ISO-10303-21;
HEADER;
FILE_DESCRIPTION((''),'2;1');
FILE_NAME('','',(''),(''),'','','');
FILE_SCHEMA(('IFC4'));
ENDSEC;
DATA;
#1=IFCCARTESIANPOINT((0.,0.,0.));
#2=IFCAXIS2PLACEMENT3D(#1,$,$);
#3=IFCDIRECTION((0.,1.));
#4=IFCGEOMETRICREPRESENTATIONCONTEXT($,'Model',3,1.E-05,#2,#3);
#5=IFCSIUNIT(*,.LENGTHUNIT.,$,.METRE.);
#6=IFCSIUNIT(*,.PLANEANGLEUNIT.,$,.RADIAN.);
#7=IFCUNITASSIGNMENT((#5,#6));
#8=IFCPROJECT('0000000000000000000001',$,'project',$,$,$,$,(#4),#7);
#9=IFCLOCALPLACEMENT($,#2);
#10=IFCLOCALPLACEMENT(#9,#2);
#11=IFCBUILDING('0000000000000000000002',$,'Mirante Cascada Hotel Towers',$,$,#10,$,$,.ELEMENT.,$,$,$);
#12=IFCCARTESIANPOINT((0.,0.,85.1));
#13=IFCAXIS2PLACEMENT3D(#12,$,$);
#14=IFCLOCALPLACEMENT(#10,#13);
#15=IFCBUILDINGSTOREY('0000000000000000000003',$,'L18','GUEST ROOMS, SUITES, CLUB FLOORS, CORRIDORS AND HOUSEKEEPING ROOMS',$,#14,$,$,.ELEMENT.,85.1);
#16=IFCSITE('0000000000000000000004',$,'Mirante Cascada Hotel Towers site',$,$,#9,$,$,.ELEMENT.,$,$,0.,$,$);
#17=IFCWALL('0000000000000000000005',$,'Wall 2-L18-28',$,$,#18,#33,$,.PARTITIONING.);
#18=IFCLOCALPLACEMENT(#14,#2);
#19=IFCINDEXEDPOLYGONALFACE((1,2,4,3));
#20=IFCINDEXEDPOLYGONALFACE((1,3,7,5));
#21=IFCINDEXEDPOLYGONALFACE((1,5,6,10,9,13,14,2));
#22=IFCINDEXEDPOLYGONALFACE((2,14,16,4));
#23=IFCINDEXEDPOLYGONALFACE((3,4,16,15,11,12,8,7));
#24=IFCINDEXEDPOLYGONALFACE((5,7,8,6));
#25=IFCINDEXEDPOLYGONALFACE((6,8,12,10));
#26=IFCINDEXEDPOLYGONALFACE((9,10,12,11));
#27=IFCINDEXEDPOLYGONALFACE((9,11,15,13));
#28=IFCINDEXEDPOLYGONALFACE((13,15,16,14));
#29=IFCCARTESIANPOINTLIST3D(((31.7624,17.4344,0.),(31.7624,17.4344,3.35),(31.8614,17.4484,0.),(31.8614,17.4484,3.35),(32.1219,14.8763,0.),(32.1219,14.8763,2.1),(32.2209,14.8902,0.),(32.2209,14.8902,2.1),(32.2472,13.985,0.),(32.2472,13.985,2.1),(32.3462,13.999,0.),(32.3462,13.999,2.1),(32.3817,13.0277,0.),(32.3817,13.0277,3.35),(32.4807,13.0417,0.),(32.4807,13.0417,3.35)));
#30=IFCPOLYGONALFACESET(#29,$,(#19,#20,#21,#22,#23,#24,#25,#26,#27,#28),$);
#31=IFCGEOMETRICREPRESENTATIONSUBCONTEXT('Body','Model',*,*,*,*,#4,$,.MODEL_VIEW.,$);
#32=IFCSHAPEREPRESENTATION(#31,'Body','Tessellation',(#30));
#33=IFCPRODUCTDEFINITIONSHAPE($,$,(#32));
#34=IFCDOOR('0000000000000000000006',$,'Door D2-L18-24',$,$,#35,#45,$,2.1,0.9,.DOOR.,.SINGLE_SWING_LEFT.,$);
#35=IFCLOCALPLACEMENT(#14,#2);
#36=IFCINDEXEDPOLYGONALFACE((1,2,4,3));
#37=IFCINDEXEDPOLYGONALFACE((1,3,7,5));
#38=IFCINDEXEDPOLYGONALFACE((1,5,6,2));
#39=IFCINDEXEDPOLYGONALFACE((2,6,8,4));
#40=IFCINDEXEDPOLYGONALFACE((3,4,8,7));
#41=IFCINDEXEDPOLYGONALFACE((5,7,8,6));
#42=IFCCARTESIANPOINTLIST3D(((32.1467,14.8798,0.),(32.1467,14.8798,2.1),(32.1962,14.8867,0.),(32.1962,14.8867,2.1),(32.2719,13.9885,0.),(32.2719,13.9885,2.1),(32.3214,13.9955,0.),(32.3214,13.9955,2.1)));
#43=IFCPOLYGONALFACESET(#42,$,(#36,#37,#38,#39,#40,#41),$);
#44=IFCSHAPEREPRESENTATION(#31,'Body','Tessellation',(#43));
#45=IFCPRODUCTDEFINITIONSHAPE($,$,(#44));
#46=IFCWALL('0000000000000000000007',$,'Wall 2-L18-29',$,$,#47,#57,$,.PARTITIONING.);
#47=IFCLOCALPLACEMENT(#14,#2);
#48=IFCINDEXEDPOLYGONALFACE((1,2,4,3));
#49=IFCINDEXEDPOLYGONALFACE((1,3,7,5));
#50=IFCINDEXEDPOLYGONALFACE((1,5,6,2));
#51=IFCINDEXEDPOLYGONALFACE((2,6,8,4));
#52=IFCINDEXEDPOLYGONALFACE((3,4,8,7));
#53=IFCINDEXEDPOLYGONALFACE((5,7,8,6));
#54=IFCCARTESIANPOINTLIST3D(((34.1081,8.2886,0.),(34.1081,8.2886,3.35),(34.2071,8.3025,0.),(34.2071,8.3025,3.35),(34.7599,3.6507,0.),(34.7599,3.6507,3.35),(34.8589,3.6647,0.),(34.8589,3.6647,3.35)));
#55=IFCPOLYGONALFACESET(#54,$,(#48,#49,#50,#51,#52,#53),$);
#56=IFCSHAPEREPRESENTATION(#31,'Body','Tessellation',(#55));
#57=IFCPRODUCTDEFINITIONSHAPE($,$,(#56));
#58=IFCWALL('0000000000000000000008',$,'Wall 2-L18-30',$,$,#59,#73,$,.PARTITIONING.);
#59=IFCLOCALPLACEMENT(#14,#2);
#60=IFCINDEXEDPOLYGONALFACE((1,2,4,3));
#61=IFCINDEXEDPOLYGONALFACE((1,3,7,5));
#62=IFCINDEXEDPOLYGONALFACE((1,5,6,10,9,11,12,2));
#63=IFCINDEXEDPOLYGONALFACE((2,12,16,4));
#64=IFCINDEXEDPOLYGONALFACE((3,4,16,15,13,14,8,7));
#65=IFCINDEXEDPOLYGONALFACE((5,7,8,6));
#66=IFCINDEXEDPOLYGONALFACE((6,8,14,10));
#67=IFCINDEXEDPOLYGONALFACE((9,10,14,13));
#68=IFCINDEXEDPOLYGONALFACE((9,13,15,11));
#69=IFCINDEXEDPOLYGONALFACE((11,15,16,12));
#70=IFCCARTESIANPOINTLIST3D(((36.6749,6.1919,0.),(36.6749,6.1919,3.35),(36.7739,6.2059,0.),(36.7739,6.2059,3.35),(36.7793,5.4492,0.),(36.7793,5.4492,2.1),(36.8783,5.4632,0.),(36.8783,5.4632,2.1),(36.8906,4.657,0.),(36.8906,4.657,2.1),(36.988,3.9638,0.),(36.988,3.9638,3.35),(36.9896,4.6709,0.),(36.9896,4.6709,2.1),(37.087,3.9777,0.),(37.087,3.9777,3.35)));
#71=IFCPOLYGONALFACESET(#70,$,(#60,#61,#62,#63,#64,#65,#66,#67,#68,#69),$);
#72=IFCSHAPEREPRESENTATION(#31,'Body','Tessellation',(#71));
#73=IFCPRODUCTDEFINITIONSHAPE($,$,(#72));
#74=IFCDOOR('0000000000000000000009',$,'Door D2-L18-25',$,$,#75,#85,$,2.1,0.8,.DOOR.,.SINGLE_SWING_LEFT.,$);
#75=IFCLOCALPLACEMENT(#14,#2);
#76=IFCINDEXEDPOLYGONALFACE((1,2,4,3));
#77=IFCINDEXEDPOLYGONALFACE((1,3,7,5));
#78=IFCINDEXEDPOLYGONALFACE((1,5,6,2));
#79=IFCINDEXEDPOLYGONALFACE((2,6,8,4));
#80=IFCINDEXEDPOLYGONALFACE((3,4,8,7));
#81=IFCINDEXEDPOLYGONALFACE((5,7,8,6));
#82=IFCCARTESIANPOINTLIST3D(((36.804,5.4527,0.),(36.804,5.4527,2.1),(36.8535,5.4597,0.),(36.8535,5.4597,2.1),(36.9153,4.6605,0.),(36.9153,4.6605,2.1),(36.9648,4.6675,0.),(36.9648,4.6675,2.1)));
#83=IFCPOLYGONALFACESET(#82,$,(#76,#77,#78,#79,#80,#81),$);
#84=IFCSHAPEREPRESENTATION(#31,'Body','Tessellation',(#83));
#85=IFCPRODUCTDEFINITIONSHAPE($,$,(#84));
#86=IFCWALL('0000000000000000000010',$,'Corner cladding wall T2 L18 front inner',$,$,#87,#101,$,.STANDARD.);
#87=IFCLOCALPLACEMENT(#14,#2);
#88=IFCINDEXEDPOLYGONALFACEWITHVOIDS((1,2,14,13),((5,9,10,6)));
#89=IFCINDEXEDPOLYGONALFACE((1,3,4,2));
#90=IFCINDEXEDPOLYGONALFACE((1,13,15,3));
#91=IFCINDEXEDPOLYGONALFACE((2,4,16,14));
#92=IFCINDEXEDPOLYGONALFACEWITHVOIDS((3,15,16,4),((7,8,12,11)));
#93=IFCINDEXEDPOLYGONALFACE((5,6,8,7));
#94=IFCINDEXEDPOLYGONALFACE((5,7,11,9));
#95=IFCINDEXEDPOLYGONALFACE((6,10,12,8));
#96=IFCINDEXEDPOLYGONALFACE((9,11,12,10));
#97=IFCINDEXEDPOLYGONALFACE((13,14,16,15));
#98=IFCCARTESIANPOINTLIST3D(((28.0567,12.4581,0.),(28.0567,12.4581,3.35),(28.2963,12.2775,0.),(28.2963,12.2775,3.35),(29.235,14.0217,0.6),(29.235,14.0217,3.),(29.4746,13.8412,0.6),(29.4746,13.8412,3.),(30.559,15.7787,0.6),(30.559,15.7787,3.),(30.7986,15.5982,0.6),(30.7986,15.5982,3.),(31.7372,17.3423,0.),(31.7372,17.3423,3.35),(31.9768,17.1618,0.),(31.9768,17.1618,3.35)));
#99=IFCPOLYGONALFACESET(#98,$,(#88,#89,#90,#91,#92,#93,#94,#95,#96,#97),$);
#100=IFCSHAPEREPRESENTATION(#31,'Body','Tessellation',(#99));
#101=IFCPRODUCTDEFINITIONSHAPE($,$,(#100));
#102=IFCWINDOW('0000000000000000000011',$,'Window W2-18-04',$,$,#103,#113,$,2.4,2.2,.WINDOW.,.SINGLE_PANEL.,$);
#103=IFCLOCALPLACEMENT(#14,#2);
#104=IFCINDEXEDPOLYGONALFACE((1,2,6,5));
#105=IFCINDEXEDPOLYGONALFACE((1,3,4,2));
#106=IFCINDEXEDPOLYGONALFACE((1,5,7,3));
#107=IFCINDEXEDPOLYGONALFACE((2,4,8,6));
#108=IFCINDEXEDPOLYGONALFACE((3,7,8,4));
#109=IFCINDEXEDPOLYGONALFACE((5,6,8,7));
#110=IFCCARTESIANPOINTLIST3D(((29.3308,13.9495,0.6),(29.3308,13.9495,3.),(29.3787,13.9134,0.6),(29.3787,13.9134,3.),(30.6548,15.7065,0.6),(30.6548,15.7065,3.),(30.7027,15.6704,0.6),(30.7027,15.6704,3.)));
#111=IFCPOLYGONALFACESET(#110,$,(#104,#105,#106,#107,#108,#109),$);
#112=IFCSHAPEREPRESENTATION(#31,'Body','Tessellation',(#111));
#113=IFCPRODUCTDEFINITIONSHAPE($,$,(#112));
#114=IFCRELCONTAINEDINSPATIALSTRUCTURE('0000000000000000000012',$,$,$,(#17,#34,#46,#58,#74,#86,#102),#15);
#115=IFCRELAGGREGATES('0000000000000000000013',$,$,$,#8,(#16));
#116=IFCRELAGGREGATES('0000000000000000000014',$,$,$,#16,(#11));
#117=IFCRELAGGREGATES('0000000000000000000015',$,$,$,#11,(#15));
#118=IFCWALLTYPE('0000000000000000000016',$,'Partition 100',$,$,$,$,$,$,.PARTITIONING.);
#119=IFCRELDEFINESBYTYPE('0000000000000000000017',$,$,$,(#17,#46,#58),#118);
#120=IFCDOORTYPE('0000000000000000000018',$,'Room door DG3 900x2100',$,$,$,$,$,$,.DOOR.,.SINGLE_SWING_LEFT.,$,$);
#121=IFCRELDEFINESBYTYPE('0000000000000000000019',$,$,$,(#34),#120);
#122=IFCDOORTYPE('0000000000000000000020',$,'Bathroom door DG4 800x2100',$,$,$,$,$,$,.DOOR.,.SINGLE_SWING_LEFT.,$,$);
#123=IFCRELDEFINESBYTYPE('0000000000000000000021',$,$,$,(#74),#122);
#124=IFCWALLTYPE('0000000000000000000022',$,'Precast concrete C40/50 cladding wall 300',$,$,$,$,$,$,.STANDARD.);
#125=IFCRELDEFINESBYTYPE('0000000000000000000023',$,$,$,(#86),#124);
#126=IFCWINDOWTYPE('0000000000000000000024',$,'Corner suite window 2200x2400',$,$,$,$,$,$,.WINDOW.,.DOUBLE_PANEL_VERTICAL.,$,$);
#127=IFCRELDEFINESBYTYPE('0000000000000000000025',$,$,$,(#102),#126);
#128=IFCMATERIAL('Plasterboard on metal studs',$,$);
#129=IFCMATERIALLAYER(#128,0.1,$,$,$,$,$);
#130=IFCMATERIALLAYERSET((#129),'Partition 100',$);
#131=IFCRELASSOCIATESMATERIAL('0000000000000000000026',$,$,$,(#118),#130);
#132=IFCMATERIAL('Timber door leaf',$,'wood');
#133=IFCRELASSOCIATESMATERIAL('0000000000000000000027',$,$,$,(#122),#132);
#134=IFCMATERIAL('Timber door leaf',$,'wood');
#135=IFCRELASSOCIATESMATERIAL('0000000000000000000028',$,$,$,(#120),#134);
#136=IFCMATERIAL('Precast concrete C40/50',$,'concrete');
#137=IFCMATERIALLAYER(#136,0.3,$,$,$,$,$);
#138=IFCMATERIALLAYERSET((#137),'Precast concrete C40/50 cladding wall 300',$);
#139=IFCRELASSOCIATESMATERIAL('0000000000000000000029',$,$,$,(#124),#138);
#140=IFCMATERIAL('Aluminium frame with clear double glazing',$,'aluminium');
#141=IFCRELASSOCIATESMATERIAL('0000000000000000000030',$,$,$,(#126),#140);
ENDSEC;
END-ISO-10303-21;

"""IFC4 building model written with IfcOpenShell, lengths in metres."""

from ifc_helpers import new_model, si_unit, direction, frame, frame_2d, origin, place, context, subcontext, project, spatial, rectangle, extrude, material, layer, layer_set, type_object, element, fill, save


model = new_model("IFC4")

# Units and contexts
model_context = context("Model", 3, precision=1e-05, world=origin(), true_north=direction((0.0, 1.0)))
body_context = subcontext(model_context, "Body", "Model", "MODEL_VIEW")
ifc_project = project(units=[si_unit("LENGTHUNIT", "METRE"), si_unit("PLANEANGLEUNIT", "RADIAN")], contexts=[model_context])

# Site, building, storey
site_placement = place(None, origin())
site = spatial("IfcSite", under=ifc_project, at=site_placement, Name="Mirante Cascada Hotel Towers site", CompositionType="ELEMENT", RefElevation=0.0)
building_placement = place(site_placement, origin())
building = spatial("IfcBuilding", under=site, at=building_placement, Name="Mirante Cascada Hotel Towers", CompositionType="ELEMENT")
storey_placement = place(building_placement, frame((0.0, 0.0, 85.1)))
storey = spatial("IfcBuildingStorey", under=building, at=storey_placement, Name="L18", Description="GUEST ROOMS, SUITES, CLUB FLOORS, CORRIDORS AND HOUSEKEEPING ROOMS", CompositionType="ELEMENT", Elevation=85.1)

# Shared definitions
ifc_material_1 = material(Name="Plasterboard on metal studs")
ifc_layer_1 = layer(ifc_material_1, 0.1)
ifc_layer_set_1 = layer_set([ifc_layer_1], Name="Partition 100")
wall_type_1 = type_object("IfcWallType", Name="Partition 100", PredefinedType="PARTITIONING", material=ifc_layer_set_1)

# Wall, opening, door
ifc_material_2 = material(Name="Timber door leaf", Category="wood")
door_type_1 = type_object("IfcDoorType", Name="Bathroom door DG4 800x2100", OperationType="SINGLE_SWING_LEFT", PredefinedType="DOOR", material=ifc_material_2)
wall_1_placement = place(storey_placement, frame((31.8119, 17.4414, 0.0), z_axis=(0.0, 0.0, 1.0), x_axis=(0.139168, -0.990269, 0.0)))
wall_1 = element("IfcWall", 1, at=wall_1_placement, inside=storey, type_object=wall_type_1, Name="Wall 2-L18-28", PredefinedType="PARTITIONING", context=body_context, shape_type="SweptSolid", body=[
    extrude(rectangle(XDim=4.45, YDim=0.1, at=frame_2d((2.225, 0.0))), origin(), (0.0, 0.0, 1.0), 3.35),
])
opening_1_placement = place(wall_1_placement, frame((2.5833, 0.0, 0.0)))
opening_1 = element("IfcOpeningElement", 2, at=opening_1_placement, cuts=wall_1, PredefinedType="OPENING", context=body_context, shape_type="SweptSolid", body=[
    extrude(rectangle(XDim=0.9, YDim=2.1, at=frame_2d((0.45, 1.05))), frame((0.0, 0.05, 0.0), z_axis=(0.0, -1.0, 0.0), x_axis=(1.0, 0.0, 0.0)), (0.0, 0.0, 1.0), 0.1),
])
ifc_material_3 = material(Name="Timber door leaf", Category="wood")
door_type_2 = type_object("IfcDoorType", Name="Room door DG3 900x2100", OperationType="SINGLE_SWING_LEFT", PredefinedType="DOOR", material=ifc_material_3)
door_1_placement = place(opening_1_placement, origin())
door_1 = element("IfcDoor", 3, at=door_1_placement, inside=storey, type_object=door_type_2, Name="Door D2-L18-24", OperationType="SINGLE_SWING_LEFT", OverallHeight=2.1, OverallWidth=0.9, PredefinedType="DOOR", context=body_context, shape_type="SweptSolid", body=[
    extrude(rectangle(XDim=0.9, YDim=2.1, at=frame_2d((0.45, 1.05))), frame((0.0, 0.025, 0.0), z_axis=(0.0, -1.0, 0.0), x_axis=(1.0, 0.0, 0.0)), (0.0, 0.0, 1.0), 0.05),
])
fill(opening_1, door_1)

# Wall
wall_2_placement = place(storey_placement, frame((34.8094, 3.6577, 0.0), z_axis=(0.0, 0.0, 1.0), x_axis=(-0.139173, 0.990268, 0.0)))
element("IfcWall", 4, at=wall_2_placement, inside=storey, type_object=wall_type_1, Name="Wall 2-L18-29", PredefinedType="PARTITIONING", context=body_context, shape_type="SweptSolid", body=[
    extrude(rectangle(XDim=4.6834, YDim=0.1, at=frame_2d((2.3417, 0.0))), origin(), (0.0, 0.0, 1.0), 3.35),
])

# Wall, opening, door
wall_3_placement = place(storey_placement, frame((36.7244, 6.1989, 0.0), z_axis=(0.0, 0.0, 1.0), x_axis=(0.139156, -0.990271, 0.0)))
wall_3 = element("IfcWall", 5, at=wall_3_placement, inside=storey, type_object=wall_type_1, Name="Wall 2-L18-30", PredefinedType="PARTITIONING", context=body_context, shape_type="SweptSolid", body=[
    extrude(rectangle(XDim=2.25, YDim=0.1, at=frame_2d((1.125, 0.0))), origin(), (0.0, 0.0, 1.0), 3.35),
])
opening_2_placement = place(wall_3_placement, frame((0.75, 0.0, 0.0)))
opening_2 = element("IfcOpeningElement", 6, at=opening_2_placement, cuts=wall_3, PredefinedType="OPENING", context=body_context, shape_type="SweptSolid", body=[
    extrude(rectangle(XDim=0.8, YDim=2.1, at=frame_2d((0.4, 1.05))), frame((0.0, 0.05, 0.0), z_axis=(0.0, -1.0, 0.0), x_axis=(1.0, 0.0, 0.0)), (0.0, 0.0, 1.0), 0.1),
])
door_2_placement = place(opening_2_placement, origin())
door_2 = element("IfcDoor", 7, at=door_2_placement, inside=storey, type_object=door_type_1, Name="Door D2-L18-25", OperationType="SINGLE_SWING_LEFT", OverallHeight=2.1, OverallWidth=0.8, PredefinedType="DOOR", context=body_context, shape_type="SweptSolid", body=[
    extrude(rectangle(XDim=0.8, YDim=2.1, at=frame_2d((0.4, 1.05))), frame((0.0, 0.025, 0.0), z_axis=(0.0, -1.0, 0.0), x_axis=(1.0, 0.0, 0.0)), (0.0, 0.0, 1.0), 0.05),
])
fill(opening_2, door_2)

# Wall, opening, window
ifc_material_4 = material(Name="Precast concrete C40/50", Category="concrete")
ifc_layer_2 = layer(ifc_material_4, 0.3)
ifc_layer_set_2 = layer_set([ifc_layer_2], Name="Precast concrete C40/50 cladding wall 300")
wall_type_2 = type_object("IfcWallType", Name="Precast concrete C40/50 cladding wall 300", PredefinedType="STANDARD", material=ifc_layer_set_2)
wall_4_placement = place(storey_placement, frame((31.857, 17.252, 0.0), z_axis=(0.0, 0.0, 1.0), x_axis=(-0.601814, -0.798636, 0.0)))
wall_4 = element("IfcWall", 8, at=wall_4_placement, inside=storey, type_object=wall_type_2, Name="Corner cladding wall T2 L18 front inner", PredefinedType="STANDARD", context=body_context, shape_type="SweptSolid", body=[
    extrude(rectangle(XDim=6.1157, YDim=0.3, at=frame_2d((3.0578, 0.0))), origin(), (0.0, 0.0, 1.0), 3.35),
])
opening_3_placement = place(wall_4_placement, frame((1.9578, 0.0, 0.6)))
opening_3 = element("IfcOpeningElement", 9, at=opening_3_placement, cuts=wall_4, PredefinedType="OPENING", context=body_context, shape_type="SweptSolid", body=[
    extrude(rectangle(XDim=2.2, YDim=2.4, at=frame_2d((1.1, 1.2))), frame((0.0, 0.15, 0.0), z_axis=(0.0, -1.0, 0.0), x_axis=(1.0, 0.0, 0.0)), (0.0, 0.0, 1.0), 0.3),
])
ifc_material_5 = material(Name="Aluminium frame with clear double glazing", Category="aluminium")
window_type = type_object("IfcWindowType", Name="Corner suite window 2200x2400", PartitioningType="DOUBLE_PANEL_VERTICAL", PredefinedType="WINDOW", material=ifc_material_5)
window_placement = place(opening_3_placement, origin())
window = element("IfcWindow", 10, at=window_placement, inside=storey, type_object=window_type, Name="Window W2-18-04", OverallHeight=2.4, OverallWidth=2.2, PartitioningType="SINGLE_PANEL", PredefinedType="WINDOW", context=body_context, shape_type="SweptSolid", body=[
    extrude(rectangle(XDim=2.2, YDim=2.4, at=frame_2d((1.1, 1.2))), frame((0.0, 0.03, 0.0), z_axis=(0.0, -1.0, 0.0), x_axis=(1.0, 0.0, 0.0)), (0.0, 0.0, 1.0), 0.06),
])
fill(opening_3, window)

save(model, "model.ifc")
